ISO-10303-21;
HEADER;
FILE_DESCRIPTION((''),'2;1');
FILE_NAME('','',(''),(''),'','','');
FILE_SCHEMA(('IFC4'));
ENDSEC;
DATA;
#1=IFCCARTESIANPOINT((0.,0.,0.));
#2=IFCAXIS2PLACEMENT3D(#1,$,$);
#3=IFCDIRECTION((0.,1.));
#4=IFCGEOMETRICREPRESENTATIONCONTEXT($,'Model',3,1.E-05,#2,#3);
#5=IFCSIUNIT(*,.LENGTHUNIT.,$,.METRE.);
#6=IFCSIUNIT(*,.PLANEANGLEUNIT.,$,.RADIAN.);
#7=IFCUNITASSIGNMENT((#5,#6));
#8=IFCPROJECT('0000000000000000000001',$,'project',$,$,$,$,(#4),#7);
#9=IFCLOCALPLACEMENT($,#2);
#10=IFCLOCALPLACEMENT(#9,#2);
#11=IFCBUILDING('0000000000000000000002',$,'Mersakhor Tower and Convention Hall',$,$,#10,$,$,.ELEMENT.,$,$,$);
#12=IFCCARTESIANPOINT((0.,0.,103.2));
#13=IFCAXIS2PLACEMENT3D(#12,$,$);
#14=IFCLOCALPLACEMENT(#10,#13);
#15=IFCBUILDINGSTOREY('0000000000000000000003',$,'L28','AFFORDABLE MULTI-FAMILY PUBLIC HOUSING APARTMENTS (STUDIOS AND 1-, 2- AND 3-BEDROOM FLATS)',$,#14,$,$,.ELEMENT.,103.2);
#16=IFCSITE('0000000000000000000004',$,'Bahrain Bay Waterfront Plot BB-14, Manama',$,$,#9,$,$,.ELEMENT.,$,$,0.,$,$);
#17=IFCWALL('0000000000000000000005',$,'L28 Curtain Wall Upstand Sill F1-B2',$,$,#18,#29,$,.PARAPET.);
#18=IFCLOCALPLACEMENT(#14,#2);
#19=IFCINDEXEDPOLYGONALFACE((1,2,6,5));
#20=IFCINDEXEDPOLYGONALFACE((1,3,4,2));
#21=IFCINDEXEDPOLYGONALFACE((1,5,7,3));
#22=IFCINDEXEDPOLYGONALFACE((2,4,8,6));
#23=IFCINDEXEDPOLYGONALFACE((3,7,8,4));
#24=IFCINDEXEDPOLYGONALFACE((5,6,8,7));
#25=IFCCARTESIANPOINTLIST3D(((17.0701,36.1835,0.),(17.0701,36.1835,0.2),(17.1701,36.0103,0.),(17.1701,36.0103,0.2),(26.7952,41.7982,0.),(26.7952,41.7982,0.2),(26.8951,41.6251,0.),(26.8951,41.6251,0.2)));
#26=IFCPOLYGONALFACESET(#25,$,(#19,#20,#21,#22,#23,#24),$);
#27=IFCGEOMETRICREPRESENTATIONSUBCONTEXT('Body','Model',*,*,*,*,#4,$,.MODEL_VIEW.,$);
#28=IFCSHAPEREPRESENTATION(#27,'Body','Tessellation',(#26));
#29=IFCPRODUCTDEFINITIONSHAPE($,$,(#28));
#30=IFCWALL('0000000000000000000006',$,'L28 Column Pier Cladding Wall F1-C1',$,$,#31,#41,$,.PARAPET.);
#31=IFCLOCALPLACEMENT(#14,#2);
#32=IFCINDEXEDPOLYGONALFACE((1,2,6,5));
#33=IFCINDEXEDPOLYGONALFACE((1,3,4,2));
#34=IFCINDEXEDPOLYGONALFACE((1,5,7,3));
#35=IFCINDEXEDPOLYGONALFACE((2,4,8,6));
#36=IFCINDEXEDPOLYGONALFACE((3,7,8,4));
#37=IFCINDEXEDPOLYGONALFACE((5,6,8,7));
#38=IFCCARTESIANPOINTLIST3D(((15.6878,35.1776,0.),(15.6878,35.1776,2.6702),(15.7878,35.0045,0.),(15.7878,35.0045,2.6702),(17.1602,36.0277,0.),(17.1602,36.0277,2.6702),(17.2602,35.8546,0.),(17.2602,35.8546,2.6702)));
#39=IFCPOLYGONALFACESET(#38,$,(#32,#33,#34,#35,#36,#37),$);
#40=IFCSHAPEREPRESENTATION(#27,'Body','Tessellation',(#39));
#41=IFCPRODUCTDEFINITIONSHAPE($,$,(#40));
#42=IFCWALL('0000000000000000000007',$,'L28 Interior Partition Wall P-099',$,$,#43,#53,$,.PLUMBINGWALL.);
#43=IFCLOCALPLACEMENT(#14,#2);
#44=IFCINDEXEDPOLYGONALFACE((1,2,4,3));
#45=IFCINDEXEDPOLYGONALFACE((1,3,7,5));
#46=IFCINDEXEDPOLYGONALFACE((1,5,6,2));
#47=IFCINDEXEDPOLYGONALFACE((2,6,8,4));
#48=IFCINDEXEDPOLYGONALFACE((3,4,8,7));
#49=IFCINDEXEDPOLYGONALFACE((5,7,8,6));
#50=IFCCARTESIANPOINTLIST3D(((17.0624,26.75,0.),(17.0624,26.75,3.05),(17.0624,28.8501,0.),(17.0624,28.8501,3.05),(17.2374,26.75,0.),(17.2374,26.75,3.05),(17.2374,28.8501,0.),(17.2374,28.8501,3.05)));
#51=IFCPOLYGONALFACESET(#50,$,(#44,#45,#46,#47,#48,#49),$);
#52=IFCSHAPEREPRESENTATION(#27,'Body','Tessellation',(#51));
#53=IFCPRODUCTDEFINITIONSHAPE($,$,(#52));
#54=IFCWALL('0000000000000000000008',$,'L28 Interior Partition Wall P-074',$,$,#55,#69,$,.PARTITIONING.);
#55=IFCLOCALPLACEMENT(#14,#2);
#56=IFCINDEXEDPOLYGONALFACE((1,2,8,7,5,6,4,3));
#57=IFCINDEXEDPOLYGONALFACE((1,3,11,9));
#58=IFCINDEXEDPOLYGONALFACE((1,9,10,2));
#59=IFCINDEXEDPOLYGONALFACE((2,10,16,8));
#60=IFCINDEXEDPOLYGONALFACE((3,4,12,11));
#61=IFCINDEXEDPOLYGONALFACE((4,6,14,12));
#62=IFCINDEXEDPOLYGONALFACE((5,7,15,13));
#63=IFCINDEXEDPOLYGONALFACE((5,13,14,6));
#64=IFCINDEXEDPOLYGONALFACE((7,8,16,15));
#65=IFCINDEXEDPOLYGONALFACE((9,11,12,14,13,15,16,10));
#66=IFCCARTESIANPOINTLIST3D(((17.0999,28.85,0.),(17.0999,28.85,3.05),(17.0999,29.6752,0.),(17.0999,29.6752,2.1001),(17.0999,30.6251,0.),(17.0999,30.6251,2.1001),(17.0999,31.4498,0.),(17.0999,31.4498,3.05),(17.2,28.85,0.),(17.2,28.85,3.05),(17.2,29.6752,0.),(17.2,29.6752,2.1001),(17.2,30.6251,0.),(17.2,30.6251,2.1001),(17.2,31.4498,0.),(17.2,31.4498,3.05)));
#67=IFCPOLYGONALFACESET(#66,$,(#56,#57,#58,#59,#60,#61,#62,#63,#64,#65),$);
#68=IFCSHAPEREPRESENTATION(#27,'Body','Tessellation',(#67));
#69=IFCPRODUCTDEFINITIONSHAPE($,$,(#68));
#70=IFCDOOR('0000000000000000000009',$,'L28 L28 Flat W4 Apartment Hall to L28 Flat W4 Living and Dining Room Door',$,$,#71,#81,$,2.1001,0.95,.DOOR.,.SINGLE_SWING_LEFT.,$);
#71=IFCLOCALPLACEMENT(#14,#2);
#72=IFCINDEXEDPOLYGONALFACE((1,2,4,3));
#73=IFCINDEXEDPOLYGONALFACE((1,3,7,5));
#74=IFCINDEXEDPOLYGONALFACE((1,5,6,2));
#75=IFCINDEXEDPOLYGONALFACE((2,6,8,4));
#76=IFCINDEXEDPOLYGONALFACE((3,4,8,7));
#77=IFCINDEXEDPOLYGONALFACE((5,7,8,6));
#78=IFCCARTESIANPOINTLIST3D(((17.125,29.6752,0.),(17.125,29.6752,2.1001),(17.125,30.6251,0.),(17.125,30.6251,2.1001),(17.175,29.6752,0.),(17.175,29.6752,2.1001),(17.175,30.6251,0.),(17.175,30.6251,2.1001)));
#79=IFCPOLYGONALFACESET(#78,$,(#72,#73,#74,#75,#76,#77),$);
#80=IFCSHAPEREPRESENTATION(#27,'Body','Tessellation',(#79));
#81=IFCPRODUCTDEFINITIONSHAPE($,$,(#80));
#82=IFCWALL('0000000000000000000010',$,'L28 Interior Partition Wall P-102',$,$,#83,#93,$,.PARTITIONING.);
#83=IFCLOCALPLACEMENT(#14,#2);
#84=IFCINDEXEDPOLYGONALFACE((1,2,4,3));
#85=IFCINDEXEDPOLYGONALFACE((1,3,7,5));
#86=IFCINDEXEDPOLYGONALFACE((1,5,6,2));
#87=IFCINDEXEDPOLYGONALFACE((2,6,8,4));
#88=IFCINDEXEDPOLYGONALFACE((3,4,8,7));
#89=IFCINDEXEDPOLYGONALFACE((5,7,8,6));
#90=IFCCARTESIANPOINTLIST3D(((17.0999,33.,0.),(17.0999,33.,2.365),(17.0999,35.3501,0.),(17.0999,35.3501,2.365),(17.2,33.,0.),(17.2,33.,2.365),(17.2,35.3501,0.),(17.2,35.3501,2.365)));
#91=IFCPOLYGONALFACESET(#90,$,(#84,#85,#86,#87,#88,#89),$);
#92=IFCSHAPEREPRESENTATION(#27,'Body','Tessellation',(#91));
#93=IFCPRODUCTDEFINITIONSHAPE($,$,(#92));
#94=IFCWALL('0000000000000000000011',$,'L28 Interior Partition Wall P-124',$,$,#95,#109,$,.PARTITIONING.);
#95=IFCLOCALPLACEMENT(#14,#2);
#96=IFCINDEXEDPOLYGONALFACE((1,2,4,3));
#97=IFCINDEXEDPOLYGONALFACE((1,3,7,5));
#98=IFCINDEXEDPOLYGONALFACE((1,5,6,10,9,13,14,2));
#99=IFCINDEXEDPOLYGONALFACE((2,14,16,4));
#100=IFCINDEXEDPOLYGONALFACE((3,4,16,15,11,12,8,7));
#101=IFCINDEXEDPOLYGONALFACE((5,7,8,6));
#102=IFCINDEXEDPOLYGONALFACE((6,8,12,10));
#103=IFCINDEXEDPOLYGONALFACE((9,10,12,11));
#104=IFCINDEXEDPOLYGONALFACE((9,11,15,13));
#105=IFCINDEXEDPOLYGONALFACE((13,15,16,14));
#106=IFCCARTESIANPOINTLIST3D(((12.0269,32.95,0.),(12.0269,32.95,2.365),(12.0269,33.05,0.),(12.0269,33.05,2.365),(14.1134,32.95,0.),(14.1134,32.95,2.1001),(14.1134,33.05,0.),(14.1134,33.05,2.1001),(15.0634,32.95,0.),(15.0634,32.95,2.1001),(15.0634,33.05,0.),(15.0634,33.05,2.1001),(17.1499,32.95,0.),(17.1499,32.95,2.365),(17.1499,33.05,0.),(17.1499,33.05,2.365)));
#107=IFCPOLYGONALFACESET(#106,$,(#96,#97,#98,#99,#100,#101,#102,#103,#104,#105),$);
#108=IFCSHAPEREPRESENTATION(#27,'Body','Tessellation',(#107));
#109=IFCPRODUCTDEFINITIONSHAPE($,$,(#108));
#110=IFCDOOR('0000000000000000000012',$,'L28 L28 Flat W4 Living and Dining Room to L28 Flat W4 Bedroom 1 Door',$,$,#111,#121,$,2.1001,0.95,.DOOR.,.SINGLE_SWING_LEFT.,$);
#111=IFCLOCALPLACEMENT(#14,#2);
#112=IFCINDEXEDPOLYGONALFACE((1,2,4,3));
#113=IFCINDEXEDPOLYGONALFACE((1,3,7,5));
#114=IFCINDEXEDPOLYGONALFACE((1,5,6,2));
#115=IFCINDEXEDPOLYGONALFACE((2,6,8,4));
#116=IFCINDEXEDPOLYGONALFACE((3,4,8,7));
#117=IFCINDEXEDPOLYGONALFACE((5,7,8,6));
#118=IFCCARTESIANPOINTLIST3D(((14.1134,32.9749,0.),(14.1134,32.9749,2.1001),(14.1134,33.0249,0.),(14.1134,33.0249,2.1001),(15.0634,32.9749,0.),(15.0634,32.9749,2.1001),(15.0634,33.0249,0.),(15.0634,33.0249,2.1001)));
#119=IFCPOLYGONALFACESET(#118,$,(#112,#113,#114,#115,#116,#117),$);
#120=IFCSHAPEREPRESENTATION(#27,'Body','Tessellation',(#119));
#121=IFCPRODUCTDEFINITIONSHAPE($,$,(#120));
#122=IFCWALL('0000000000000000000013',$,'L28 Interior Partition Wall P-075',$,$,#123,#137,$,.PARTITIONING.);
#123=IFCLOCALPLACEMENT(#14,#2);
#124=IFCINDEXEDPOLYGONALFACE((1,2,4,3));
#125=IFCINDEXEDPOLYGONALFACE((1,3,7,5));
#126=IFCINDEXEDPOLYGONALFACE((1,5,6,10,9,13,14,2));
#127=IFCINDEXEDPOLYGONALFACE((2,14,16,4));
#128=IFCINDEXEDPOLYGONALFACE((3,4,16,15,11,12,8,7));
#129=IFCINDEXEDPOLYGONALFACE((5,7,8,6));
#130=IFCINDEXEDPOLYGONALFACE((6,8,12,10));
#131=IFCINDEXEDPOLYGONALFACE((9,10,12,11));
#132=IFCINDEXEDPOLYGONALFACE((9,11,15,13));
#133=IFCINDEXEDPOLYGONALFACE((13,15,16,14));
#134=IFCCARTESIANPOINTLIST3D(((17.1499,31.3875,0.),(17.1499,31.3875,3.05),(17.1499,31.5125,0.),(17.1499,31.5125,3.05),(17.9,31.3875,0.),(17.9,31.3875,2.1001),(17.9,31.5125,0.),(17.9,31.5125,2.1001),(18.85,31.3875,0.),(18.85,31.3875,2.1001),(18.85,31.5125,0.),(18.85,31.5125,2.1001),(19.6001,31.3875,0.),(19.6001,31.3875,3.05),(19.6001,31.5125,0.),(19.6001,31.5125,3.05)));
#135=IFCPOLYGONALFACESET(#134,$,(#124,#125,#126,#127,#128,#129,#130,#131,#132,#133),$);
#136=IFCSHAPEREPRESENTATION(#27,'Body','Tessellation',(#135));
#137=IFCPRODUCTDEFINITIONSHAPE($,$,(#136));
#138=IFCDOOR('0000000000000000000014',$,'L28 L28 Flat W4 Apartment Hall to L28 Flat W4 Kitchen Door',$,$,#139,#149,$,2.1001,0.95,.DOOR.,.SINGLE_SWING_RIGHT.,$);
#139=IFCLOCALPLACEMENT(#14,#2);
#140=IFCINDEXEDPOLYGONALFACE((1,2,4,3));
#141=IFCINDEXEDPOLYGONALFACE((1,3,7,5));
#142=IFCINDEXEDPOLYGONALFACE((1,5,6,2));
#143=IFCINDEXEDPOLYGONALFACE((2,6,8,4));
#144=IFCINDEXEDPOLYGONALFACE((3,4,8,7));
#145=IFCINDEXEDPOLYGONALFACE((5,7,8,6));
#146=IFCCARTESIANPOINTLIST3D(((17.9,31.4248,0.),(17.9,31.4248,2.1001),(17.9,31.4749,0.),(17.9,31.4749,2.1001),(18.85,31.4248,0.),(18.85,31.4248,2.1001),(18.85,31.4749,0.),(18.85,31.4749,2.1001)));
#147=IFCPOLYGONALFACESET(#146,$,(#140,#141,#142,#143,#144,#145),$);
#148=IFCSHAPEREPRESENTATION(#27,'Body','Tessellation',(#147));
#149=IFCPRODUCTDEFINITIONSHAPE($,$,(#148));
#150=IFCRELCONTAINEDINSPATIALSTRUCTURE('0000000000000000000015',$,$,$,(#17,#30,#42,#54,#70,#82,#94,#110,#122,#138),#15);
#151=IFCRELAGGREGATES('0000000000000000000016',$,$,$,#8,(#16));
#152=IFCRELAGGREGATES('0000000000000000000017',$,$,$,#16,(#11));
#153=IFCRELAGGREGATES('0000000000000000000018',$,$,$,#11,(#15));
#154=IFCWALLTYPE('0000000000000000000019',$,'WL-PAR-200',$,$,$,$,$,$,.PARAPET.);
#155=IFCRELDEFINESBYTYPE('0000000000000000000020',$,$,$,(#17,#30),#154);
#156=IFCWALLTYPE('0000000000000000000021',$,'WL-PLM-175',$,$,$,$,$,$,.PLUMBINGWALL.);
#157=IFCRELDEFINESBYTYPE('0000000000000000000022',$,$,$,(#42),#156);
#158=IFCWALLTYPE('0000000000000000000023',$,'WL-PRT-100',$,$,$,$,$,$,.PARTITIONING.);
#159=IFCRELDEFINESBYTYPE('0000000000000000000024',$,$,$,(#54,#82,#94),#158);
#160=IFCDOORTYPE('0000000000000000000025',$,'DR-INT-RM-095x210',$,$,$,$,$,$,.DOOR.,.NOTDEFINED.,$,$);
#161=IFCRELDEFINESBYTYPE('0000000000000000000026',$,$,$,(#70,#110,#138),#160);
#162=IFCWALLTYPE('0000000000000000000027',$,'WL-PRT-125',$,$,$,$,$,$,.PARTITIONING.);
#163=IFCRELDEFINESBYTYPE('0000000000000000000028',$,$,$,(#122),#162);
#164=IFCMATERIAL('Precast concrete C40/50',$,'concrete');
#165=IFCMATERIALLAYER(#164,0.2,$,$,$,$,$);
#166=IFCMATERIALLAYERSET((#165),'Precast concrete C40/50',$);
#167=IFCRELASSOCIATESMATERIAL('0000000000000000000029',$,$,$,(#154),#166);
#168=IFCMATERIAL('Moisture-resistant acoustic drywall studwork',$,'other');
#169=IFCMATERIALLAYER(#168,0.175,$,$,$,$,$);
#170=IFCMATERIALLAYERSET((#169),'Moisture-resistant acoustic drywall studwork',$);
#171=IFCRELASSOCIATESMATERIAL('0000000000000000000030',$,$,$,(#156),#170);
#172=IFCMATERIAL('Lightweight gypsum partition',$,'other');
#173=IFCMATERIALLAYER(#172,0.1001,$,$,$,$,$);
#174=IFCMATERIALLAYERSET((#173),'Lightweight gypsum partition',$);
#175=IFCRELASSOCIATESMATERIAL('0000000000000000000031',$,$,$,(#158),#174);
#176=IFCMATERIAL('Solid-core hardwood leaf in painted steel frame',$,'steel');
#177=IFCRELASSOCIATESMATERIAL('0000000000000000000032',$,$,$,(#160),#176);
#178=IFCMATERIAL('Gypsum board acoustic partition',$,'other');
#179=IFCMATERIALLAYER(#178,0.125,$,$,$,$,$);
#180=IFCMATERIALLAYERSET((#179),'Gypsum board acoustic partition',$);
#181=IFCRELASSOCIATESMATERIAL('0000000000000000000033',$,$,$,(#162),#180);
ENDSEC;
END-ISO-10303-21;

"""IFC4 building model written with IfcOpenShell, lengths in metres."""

from ifc_helpers import new_model, si_unit, direction, frame, frame_2d, origin, place, context, subcontext, project, spatial, rectangle, extrude, material, layer, layer_set, type_object, element, fill, save


model = new_model("IFC4")

# Units and contexts
model_context = context("Model", 3, precision=1e-05, world=origin(), true_north=direction((0.0, 1.0)))
body_context = subcontext(model_context, "Body", "Model", "MODEL_VIEW")
ifc_project = project(units=[si_unit("LENGTHUNIT", "METRE"), si_unit("PLANEANGLEUNIT", "RADIAN")], contexts=[model_context])

# Site, building, storey
site_placement = place(None, origin())
site = spatial("IfcSite", under=ifc_project, at=site_placement, Name="Bahrain Bay Waterfront Plot BB-14, Manama", CompositionType="ELEMENT", RefElevation=0.0)
building_placement = place(site_placement, origin())
building = spatial("IfcBuilding", under=site, at=building_placement, Name="Mersakhor Tower and Convention Hall", CompositionType="ELEMENT")
storey_placement = place(building_placement, frame((0.0, 0.0, 103.2)))
storey = spatial("IfcBuildingStorey", under=building, at=storey_placement, Name="L28", Description="AFFORDABLE MULTI-FAMILY PUBLIC HOUSING APARTMENTS (STUDIOS AND 1-, 2- AND 3-BEDROOM FLATS)", CompositionType="ELEMENT", Elevation=103.2)

# Walls
ifc_material_1 = material(Name="Precast concrete C40/50", Category="concrete")
ifc_layer_1 = layer(ifc_material_1, 0.2)
ifc_layer_set_1 = layer_set([ifc_layer_1], Name="Precast concrete C40/50")
wall_type_1 = type_object("IfcWallType", Name="WL-PAR-200", PredefinedType="PARAPET", material=ifc_layer_set_1)
wall_1_placement = place(storey_placement, frame((17.1201, 36.0969, 0.0), z_axis=(0.0, 0.0, 1.0), x_axis=(0.866027, 0.499997, 0.0)))
element("IfcWall", 1, at=wall_1_placement, inside=storey, type_object=wall_type_1, Name="L28 Curtain Wall Upstand Sill F1-B2", PredefinedType="PARAPET", context=body_context, shape_type="SweptSolid", body=[
    extrude(rectangle(XDim=11.2295, YDim=0.2, at=frame_2d((5.6147, 0.0))), origin(), (0.0, 0.0, 1.0), 0.2),
])
wall_2_placement = place(storey_placement, frame((15.7378, 35.0911, 0.0), z_axis=(0.0, 0.0, 1.0), x_axis=(0.866025, 0.5, 0.0)))
element("IfcWall", 2, at=wall_2_placement, inside=storey, type_object=wall_type_1, Name="L28 Column Pier Cladding Wall F1-C1", PredefinedType="PARAPET", context=body_context, shape_type="SweptSolid", body=[
    extrude(rectangle(XDim=1.7002, YDim=0.2, at=frame_2d((0.8501, 0.0))), origin(), (0.0, 0.0, 1.0), 2.6702),
])
ifc_material_2 = material(Name="Moisture-resistant acoustic drywall studwork", Category="other")
ifc_layer_2 = layer(ifc_material_2, 0.175)
ifc_layer_set_2 = layer_set([ifc_layer_2], Name="Moisture-resistant acoustic drywall studwork")
wall_type_2 = type_object("IfcWallType", Name="WL-PLM-175", PredefinedType="PLUMBINGWALL", material=ifc_layer_set_2)
wall_3_placement = place(storey_placement, frame((17.1499, 26.75, 0.0), z_axis=(0.0, 0.0, 1.0), x_axis=(0.0, 1.0, 0.0)))
element("IfcWall", 3, at=wall_3_placement, inside=storey, type_object=wall_type_2, Name="L28 Interior Partition Wall P-099", PredefinedType="PLUMBINGWALL", context=body_context, shape_type="SweptSolid", body=[
    extrude(rectangle(XDim=2.1001, YDim=0.175, at=frame_2d((1.05, 0.0))), origin(), (0.0, 0.0, 1.0), 3.05),
])

# Wall, opening, door
ifc_material_3 = material(Name="Lightweight gypsum partition", Category="other")
ifc_layer_3 = layer(ifc_material_3, 0.1001)
ifc_layer_set_3 = layer_set([ifc_layer_3], Name="Lightweight gypsum partition")
wall_type_3 = type_object("IfcWallType", Name="WL-PRT-100", PredefinedType="PARTITIONING", material=ifc_layer_set_3)
wall_4_placement = place(storey_placement, frame((17.1499, 28.8501, 0.0), z_axis=(0.0, 0.0, 1.0), x_axis=(0.0, 1.0, 0.0)))
wall_4 = element("IfcWall", 4, at=wall_4_placement, inside=storey, type_object=wall_type_3, Name="L28 Interior Partition Wall P-074", PredefinedType="PARTITIONING", context=body_context, shape_type="SweptSolid", body=[
    extrude(rectangle(XDim=2.5999, YDim=0.1001, at=frame_2d((1.2998, 0.0))), origin(), (0.0, 0.0, 1.0), 3.05),
])
opening_1_placement = place(wall_4_placement, frame((0.825, 0.0, 0.0)))
opening_1 = element("IfcOpeningElement", 5, at=opening_1_placement, cuts=wall_4, PredefinedType="OPENING", context=body_context, shape_type="SweptSolid", body=[
    extrude(rectangle(XDim=0.95, YDim=2.1001, at=frame_2d((0.4751, 1.05))), frame((0.0, 0.0601, 0.0), z_axis=(0.0, -1.0, 0.0), x_axis=(1.0, 0.0, 0.0)), (0.0, 0.0, 1.0), 0.1201),
])
ifc_material_4 = material(Name="Solid-core hardwood leaf in painted steel frame", Category="steel")
door_type_1 = type_object("IfcDoorType", Name="DR-INT-RM-095x210", OperationType="NOTDEFINED", PredefinedType="DOOR", material=ifc_material_4)
door_1_placement = place(opening_1_placement, origin())
door_1 = element("IfcDoor", 6, at=door_1_placement, inside=storey, type_object=door_type_1, Name="L28 L28 Flat W4 Apartment Hall to L28 Flat W4 Living and Dining Room Door", OperationType="SINGLE_SWING_LEFT", OverallHeight=2.1001, OverallWidth=0.95, PredefinedType="DOOR", context=body_context, shape_type="SweptSolid", body=[
    extrude(rectangle(XDim=0.95, YDim=2.1001, at=frame_2d((0.4751, 1.05))), frame((0.0, 0.0249, 0.0), z_axis=(0.0, -1.0, 0.0), x_axis=(1.0, 0.0, 0.0)), (0.0, 0.0, 1.0), 0.05),
])
fill(opening_1, door_1)

# Wall
wall_5_placement = place(storey_placement, frame((17.1499, 33.0, 0.0), z_axis=(0.0, 0.0, 1.0), x_axis=(0.0, 1.0, 0.0)))
element("IfcWall", 7, at=wall_5_placement, inside=storey, type_object=wall_type_3, Name="L28 Interior Partition Wall P-102", PredefinedType="PARTITIONING", context=body_context, shape_type="SweptSolid", body=[
    extrude(rectangle(XDim=2.3501, YDim=0.1001, at=frame_2d((1.175, 0.0))), origin(), (0.0, 0.0, 1.0), 2.365),
])

# Walls, openings, doors
wall_6_placement = place(storey_placement, frame((12.0269, 33.0, 0.0), z_axis=(0.0, 0.0, 1.0), x_axis=(1.0, 0.0, 0.0)))
wall_6 = element("IfcWall", 8, at=wall_6_placement, inside=storey, type_object=wall_type_3, Name="L28 Interior Partition Wall P-124", PredefinedType="PARTITIONING", context=body_context, shape_type="SweptSolid", body=[
    extrude(rectangle(XDim=5.123, YDim=0.1001, at=frame_2d((2.5615, 0.0))), origin(), (0.0, 0.0, 1.0), 2.365),
])
opening_2_placement = place(wall_6_placement, frame((2.0864, 0.0, 0.0)))
opening_2 = element("IfcOpeningElement", 9, at=opening_2_placement, cuts=wall_6, PredefinedType="OPENING", context=body_context, shape_type="SweptSolid", body=[
    extrude(rectangle(XDim=0.95, YDim=2.1001, at=frame_2d((0.4751, 1.05))), frame((0.0, 0.0601, 0.0), z_axis=(0.0, -1.0, 0.0), x_axis=(1.0, 0.0, 0.0)), (0.0, 0.0, 1.0), 0.1201),
])
door_2_placement = place(opening_2_placement, origin())
door_2 = element("IfcDoor", 10, at=door_2_placement, inside=storey, type_object=door_type_1, Name="L28 L28 Flat W4 Living and Dining Room to L28 Flat W4 Bedroom 1 Door", OperationType="SINGLE_SWING_LEFT", OverallHeight=2.1001, OverallWidth=0.95, PredefinedType="DOOR", context=body_context, shape_type="SweptSolid", body=[
    extrude(rectangle(XDim=0.95, YDim=2.1001, at=frame_2d((0.4751, 1.05))), frame((0.0, 0.0249, 0.0), z_axis=(0.0, -1.0, 0.0), x_axis=(1.0, 0.0, 0.0)), (0.0, 0.0, 1.0), 0.05),
])
fill(opening_2, door_2)
ifc_material_5 = material(Name="Gypsum board acoustic partition", Category="other")
ifc_layer_4 = layer(ifc_material_5, 0.125)
ifc_layer_set_4 = layer_set([ifc_layer_4], Name="Gypsum board acoustic partition")
wall_type_4 = type_object("IfcWallType", Name="WL-PRT-125", PredefinedType="PARTITIONING", material=ifc_layer_set_4)
wall_7_placement = place(storey_placement, frame((17.1499, 31.45, 0.0), z_axis=(0.0, 0.0, 1.0), x_axis=(1.0, 0.0, 0.0)))
wall_7 = element("IfcWall", 11, at=wall_7_placement, inside=storey, type_object=wall_type_4, Name="L28 Interior Partition Wall P-075", PredefinedType="PARTITIONING", context=body_context, shape_type="SweptSolid", body=[
    extrude(rectangle(XDim=2.4502, YDim=0.125, at=frame_2d((1.2251, 0.0))), origin(), (0.0, 0.0, 1.0), 3.05),
])
opening_3_placement = place(wall_7_placement, frame((0.75, 0.0, 0.0)))
opening_3 = element("IfcOpeningElement", 12, at=opening_3_placement, cuts=wall_7, PredefinedType="OPENING", context=body_context, shape_type="SweptSolid", body=[
    extrude(rectangle(XDim=0.95, YDim=2.1001, at=frame_2d((0.4751, 1.05))), frame((0.0, 0.0725, 0.0), z_axis=(0.0, -1.0, 0.0), x_axis=(1.0, 0.0, 0.0)), (0.0, 0.0, 1.0), 0.145),
])
door_3_placement = place(opening_3_placement, origin())
door_3 = element("IfcDoor", 13, at=door_3_placement, inside=storey, type_object=door_type_1, Name="L28 L28 Flat W4 Apartment Hall to L28 Flat W4 Kitchen Door", OperationType="SINGLE_SWING_RIGHT", OverallHeight=2.1001, OverallWidth=0.95, PredefinedType="DOOR", context=body_context, shape_type="SweptSolid", body=[
    extrude(rectangle(XDim=0.95, YDim=2.1001, at=frame_2d((0.4751, 1.05))), frame((0.0, 0.0249, 0.0), z_axis=(0.0, -1.0, 0.0), x_axis=(1.0, 0.0, 0.0)), (0.0, 0.0, 1.0), 0.05),
])
fill(opening_3, door_3)

save(model, "model.ifc")
